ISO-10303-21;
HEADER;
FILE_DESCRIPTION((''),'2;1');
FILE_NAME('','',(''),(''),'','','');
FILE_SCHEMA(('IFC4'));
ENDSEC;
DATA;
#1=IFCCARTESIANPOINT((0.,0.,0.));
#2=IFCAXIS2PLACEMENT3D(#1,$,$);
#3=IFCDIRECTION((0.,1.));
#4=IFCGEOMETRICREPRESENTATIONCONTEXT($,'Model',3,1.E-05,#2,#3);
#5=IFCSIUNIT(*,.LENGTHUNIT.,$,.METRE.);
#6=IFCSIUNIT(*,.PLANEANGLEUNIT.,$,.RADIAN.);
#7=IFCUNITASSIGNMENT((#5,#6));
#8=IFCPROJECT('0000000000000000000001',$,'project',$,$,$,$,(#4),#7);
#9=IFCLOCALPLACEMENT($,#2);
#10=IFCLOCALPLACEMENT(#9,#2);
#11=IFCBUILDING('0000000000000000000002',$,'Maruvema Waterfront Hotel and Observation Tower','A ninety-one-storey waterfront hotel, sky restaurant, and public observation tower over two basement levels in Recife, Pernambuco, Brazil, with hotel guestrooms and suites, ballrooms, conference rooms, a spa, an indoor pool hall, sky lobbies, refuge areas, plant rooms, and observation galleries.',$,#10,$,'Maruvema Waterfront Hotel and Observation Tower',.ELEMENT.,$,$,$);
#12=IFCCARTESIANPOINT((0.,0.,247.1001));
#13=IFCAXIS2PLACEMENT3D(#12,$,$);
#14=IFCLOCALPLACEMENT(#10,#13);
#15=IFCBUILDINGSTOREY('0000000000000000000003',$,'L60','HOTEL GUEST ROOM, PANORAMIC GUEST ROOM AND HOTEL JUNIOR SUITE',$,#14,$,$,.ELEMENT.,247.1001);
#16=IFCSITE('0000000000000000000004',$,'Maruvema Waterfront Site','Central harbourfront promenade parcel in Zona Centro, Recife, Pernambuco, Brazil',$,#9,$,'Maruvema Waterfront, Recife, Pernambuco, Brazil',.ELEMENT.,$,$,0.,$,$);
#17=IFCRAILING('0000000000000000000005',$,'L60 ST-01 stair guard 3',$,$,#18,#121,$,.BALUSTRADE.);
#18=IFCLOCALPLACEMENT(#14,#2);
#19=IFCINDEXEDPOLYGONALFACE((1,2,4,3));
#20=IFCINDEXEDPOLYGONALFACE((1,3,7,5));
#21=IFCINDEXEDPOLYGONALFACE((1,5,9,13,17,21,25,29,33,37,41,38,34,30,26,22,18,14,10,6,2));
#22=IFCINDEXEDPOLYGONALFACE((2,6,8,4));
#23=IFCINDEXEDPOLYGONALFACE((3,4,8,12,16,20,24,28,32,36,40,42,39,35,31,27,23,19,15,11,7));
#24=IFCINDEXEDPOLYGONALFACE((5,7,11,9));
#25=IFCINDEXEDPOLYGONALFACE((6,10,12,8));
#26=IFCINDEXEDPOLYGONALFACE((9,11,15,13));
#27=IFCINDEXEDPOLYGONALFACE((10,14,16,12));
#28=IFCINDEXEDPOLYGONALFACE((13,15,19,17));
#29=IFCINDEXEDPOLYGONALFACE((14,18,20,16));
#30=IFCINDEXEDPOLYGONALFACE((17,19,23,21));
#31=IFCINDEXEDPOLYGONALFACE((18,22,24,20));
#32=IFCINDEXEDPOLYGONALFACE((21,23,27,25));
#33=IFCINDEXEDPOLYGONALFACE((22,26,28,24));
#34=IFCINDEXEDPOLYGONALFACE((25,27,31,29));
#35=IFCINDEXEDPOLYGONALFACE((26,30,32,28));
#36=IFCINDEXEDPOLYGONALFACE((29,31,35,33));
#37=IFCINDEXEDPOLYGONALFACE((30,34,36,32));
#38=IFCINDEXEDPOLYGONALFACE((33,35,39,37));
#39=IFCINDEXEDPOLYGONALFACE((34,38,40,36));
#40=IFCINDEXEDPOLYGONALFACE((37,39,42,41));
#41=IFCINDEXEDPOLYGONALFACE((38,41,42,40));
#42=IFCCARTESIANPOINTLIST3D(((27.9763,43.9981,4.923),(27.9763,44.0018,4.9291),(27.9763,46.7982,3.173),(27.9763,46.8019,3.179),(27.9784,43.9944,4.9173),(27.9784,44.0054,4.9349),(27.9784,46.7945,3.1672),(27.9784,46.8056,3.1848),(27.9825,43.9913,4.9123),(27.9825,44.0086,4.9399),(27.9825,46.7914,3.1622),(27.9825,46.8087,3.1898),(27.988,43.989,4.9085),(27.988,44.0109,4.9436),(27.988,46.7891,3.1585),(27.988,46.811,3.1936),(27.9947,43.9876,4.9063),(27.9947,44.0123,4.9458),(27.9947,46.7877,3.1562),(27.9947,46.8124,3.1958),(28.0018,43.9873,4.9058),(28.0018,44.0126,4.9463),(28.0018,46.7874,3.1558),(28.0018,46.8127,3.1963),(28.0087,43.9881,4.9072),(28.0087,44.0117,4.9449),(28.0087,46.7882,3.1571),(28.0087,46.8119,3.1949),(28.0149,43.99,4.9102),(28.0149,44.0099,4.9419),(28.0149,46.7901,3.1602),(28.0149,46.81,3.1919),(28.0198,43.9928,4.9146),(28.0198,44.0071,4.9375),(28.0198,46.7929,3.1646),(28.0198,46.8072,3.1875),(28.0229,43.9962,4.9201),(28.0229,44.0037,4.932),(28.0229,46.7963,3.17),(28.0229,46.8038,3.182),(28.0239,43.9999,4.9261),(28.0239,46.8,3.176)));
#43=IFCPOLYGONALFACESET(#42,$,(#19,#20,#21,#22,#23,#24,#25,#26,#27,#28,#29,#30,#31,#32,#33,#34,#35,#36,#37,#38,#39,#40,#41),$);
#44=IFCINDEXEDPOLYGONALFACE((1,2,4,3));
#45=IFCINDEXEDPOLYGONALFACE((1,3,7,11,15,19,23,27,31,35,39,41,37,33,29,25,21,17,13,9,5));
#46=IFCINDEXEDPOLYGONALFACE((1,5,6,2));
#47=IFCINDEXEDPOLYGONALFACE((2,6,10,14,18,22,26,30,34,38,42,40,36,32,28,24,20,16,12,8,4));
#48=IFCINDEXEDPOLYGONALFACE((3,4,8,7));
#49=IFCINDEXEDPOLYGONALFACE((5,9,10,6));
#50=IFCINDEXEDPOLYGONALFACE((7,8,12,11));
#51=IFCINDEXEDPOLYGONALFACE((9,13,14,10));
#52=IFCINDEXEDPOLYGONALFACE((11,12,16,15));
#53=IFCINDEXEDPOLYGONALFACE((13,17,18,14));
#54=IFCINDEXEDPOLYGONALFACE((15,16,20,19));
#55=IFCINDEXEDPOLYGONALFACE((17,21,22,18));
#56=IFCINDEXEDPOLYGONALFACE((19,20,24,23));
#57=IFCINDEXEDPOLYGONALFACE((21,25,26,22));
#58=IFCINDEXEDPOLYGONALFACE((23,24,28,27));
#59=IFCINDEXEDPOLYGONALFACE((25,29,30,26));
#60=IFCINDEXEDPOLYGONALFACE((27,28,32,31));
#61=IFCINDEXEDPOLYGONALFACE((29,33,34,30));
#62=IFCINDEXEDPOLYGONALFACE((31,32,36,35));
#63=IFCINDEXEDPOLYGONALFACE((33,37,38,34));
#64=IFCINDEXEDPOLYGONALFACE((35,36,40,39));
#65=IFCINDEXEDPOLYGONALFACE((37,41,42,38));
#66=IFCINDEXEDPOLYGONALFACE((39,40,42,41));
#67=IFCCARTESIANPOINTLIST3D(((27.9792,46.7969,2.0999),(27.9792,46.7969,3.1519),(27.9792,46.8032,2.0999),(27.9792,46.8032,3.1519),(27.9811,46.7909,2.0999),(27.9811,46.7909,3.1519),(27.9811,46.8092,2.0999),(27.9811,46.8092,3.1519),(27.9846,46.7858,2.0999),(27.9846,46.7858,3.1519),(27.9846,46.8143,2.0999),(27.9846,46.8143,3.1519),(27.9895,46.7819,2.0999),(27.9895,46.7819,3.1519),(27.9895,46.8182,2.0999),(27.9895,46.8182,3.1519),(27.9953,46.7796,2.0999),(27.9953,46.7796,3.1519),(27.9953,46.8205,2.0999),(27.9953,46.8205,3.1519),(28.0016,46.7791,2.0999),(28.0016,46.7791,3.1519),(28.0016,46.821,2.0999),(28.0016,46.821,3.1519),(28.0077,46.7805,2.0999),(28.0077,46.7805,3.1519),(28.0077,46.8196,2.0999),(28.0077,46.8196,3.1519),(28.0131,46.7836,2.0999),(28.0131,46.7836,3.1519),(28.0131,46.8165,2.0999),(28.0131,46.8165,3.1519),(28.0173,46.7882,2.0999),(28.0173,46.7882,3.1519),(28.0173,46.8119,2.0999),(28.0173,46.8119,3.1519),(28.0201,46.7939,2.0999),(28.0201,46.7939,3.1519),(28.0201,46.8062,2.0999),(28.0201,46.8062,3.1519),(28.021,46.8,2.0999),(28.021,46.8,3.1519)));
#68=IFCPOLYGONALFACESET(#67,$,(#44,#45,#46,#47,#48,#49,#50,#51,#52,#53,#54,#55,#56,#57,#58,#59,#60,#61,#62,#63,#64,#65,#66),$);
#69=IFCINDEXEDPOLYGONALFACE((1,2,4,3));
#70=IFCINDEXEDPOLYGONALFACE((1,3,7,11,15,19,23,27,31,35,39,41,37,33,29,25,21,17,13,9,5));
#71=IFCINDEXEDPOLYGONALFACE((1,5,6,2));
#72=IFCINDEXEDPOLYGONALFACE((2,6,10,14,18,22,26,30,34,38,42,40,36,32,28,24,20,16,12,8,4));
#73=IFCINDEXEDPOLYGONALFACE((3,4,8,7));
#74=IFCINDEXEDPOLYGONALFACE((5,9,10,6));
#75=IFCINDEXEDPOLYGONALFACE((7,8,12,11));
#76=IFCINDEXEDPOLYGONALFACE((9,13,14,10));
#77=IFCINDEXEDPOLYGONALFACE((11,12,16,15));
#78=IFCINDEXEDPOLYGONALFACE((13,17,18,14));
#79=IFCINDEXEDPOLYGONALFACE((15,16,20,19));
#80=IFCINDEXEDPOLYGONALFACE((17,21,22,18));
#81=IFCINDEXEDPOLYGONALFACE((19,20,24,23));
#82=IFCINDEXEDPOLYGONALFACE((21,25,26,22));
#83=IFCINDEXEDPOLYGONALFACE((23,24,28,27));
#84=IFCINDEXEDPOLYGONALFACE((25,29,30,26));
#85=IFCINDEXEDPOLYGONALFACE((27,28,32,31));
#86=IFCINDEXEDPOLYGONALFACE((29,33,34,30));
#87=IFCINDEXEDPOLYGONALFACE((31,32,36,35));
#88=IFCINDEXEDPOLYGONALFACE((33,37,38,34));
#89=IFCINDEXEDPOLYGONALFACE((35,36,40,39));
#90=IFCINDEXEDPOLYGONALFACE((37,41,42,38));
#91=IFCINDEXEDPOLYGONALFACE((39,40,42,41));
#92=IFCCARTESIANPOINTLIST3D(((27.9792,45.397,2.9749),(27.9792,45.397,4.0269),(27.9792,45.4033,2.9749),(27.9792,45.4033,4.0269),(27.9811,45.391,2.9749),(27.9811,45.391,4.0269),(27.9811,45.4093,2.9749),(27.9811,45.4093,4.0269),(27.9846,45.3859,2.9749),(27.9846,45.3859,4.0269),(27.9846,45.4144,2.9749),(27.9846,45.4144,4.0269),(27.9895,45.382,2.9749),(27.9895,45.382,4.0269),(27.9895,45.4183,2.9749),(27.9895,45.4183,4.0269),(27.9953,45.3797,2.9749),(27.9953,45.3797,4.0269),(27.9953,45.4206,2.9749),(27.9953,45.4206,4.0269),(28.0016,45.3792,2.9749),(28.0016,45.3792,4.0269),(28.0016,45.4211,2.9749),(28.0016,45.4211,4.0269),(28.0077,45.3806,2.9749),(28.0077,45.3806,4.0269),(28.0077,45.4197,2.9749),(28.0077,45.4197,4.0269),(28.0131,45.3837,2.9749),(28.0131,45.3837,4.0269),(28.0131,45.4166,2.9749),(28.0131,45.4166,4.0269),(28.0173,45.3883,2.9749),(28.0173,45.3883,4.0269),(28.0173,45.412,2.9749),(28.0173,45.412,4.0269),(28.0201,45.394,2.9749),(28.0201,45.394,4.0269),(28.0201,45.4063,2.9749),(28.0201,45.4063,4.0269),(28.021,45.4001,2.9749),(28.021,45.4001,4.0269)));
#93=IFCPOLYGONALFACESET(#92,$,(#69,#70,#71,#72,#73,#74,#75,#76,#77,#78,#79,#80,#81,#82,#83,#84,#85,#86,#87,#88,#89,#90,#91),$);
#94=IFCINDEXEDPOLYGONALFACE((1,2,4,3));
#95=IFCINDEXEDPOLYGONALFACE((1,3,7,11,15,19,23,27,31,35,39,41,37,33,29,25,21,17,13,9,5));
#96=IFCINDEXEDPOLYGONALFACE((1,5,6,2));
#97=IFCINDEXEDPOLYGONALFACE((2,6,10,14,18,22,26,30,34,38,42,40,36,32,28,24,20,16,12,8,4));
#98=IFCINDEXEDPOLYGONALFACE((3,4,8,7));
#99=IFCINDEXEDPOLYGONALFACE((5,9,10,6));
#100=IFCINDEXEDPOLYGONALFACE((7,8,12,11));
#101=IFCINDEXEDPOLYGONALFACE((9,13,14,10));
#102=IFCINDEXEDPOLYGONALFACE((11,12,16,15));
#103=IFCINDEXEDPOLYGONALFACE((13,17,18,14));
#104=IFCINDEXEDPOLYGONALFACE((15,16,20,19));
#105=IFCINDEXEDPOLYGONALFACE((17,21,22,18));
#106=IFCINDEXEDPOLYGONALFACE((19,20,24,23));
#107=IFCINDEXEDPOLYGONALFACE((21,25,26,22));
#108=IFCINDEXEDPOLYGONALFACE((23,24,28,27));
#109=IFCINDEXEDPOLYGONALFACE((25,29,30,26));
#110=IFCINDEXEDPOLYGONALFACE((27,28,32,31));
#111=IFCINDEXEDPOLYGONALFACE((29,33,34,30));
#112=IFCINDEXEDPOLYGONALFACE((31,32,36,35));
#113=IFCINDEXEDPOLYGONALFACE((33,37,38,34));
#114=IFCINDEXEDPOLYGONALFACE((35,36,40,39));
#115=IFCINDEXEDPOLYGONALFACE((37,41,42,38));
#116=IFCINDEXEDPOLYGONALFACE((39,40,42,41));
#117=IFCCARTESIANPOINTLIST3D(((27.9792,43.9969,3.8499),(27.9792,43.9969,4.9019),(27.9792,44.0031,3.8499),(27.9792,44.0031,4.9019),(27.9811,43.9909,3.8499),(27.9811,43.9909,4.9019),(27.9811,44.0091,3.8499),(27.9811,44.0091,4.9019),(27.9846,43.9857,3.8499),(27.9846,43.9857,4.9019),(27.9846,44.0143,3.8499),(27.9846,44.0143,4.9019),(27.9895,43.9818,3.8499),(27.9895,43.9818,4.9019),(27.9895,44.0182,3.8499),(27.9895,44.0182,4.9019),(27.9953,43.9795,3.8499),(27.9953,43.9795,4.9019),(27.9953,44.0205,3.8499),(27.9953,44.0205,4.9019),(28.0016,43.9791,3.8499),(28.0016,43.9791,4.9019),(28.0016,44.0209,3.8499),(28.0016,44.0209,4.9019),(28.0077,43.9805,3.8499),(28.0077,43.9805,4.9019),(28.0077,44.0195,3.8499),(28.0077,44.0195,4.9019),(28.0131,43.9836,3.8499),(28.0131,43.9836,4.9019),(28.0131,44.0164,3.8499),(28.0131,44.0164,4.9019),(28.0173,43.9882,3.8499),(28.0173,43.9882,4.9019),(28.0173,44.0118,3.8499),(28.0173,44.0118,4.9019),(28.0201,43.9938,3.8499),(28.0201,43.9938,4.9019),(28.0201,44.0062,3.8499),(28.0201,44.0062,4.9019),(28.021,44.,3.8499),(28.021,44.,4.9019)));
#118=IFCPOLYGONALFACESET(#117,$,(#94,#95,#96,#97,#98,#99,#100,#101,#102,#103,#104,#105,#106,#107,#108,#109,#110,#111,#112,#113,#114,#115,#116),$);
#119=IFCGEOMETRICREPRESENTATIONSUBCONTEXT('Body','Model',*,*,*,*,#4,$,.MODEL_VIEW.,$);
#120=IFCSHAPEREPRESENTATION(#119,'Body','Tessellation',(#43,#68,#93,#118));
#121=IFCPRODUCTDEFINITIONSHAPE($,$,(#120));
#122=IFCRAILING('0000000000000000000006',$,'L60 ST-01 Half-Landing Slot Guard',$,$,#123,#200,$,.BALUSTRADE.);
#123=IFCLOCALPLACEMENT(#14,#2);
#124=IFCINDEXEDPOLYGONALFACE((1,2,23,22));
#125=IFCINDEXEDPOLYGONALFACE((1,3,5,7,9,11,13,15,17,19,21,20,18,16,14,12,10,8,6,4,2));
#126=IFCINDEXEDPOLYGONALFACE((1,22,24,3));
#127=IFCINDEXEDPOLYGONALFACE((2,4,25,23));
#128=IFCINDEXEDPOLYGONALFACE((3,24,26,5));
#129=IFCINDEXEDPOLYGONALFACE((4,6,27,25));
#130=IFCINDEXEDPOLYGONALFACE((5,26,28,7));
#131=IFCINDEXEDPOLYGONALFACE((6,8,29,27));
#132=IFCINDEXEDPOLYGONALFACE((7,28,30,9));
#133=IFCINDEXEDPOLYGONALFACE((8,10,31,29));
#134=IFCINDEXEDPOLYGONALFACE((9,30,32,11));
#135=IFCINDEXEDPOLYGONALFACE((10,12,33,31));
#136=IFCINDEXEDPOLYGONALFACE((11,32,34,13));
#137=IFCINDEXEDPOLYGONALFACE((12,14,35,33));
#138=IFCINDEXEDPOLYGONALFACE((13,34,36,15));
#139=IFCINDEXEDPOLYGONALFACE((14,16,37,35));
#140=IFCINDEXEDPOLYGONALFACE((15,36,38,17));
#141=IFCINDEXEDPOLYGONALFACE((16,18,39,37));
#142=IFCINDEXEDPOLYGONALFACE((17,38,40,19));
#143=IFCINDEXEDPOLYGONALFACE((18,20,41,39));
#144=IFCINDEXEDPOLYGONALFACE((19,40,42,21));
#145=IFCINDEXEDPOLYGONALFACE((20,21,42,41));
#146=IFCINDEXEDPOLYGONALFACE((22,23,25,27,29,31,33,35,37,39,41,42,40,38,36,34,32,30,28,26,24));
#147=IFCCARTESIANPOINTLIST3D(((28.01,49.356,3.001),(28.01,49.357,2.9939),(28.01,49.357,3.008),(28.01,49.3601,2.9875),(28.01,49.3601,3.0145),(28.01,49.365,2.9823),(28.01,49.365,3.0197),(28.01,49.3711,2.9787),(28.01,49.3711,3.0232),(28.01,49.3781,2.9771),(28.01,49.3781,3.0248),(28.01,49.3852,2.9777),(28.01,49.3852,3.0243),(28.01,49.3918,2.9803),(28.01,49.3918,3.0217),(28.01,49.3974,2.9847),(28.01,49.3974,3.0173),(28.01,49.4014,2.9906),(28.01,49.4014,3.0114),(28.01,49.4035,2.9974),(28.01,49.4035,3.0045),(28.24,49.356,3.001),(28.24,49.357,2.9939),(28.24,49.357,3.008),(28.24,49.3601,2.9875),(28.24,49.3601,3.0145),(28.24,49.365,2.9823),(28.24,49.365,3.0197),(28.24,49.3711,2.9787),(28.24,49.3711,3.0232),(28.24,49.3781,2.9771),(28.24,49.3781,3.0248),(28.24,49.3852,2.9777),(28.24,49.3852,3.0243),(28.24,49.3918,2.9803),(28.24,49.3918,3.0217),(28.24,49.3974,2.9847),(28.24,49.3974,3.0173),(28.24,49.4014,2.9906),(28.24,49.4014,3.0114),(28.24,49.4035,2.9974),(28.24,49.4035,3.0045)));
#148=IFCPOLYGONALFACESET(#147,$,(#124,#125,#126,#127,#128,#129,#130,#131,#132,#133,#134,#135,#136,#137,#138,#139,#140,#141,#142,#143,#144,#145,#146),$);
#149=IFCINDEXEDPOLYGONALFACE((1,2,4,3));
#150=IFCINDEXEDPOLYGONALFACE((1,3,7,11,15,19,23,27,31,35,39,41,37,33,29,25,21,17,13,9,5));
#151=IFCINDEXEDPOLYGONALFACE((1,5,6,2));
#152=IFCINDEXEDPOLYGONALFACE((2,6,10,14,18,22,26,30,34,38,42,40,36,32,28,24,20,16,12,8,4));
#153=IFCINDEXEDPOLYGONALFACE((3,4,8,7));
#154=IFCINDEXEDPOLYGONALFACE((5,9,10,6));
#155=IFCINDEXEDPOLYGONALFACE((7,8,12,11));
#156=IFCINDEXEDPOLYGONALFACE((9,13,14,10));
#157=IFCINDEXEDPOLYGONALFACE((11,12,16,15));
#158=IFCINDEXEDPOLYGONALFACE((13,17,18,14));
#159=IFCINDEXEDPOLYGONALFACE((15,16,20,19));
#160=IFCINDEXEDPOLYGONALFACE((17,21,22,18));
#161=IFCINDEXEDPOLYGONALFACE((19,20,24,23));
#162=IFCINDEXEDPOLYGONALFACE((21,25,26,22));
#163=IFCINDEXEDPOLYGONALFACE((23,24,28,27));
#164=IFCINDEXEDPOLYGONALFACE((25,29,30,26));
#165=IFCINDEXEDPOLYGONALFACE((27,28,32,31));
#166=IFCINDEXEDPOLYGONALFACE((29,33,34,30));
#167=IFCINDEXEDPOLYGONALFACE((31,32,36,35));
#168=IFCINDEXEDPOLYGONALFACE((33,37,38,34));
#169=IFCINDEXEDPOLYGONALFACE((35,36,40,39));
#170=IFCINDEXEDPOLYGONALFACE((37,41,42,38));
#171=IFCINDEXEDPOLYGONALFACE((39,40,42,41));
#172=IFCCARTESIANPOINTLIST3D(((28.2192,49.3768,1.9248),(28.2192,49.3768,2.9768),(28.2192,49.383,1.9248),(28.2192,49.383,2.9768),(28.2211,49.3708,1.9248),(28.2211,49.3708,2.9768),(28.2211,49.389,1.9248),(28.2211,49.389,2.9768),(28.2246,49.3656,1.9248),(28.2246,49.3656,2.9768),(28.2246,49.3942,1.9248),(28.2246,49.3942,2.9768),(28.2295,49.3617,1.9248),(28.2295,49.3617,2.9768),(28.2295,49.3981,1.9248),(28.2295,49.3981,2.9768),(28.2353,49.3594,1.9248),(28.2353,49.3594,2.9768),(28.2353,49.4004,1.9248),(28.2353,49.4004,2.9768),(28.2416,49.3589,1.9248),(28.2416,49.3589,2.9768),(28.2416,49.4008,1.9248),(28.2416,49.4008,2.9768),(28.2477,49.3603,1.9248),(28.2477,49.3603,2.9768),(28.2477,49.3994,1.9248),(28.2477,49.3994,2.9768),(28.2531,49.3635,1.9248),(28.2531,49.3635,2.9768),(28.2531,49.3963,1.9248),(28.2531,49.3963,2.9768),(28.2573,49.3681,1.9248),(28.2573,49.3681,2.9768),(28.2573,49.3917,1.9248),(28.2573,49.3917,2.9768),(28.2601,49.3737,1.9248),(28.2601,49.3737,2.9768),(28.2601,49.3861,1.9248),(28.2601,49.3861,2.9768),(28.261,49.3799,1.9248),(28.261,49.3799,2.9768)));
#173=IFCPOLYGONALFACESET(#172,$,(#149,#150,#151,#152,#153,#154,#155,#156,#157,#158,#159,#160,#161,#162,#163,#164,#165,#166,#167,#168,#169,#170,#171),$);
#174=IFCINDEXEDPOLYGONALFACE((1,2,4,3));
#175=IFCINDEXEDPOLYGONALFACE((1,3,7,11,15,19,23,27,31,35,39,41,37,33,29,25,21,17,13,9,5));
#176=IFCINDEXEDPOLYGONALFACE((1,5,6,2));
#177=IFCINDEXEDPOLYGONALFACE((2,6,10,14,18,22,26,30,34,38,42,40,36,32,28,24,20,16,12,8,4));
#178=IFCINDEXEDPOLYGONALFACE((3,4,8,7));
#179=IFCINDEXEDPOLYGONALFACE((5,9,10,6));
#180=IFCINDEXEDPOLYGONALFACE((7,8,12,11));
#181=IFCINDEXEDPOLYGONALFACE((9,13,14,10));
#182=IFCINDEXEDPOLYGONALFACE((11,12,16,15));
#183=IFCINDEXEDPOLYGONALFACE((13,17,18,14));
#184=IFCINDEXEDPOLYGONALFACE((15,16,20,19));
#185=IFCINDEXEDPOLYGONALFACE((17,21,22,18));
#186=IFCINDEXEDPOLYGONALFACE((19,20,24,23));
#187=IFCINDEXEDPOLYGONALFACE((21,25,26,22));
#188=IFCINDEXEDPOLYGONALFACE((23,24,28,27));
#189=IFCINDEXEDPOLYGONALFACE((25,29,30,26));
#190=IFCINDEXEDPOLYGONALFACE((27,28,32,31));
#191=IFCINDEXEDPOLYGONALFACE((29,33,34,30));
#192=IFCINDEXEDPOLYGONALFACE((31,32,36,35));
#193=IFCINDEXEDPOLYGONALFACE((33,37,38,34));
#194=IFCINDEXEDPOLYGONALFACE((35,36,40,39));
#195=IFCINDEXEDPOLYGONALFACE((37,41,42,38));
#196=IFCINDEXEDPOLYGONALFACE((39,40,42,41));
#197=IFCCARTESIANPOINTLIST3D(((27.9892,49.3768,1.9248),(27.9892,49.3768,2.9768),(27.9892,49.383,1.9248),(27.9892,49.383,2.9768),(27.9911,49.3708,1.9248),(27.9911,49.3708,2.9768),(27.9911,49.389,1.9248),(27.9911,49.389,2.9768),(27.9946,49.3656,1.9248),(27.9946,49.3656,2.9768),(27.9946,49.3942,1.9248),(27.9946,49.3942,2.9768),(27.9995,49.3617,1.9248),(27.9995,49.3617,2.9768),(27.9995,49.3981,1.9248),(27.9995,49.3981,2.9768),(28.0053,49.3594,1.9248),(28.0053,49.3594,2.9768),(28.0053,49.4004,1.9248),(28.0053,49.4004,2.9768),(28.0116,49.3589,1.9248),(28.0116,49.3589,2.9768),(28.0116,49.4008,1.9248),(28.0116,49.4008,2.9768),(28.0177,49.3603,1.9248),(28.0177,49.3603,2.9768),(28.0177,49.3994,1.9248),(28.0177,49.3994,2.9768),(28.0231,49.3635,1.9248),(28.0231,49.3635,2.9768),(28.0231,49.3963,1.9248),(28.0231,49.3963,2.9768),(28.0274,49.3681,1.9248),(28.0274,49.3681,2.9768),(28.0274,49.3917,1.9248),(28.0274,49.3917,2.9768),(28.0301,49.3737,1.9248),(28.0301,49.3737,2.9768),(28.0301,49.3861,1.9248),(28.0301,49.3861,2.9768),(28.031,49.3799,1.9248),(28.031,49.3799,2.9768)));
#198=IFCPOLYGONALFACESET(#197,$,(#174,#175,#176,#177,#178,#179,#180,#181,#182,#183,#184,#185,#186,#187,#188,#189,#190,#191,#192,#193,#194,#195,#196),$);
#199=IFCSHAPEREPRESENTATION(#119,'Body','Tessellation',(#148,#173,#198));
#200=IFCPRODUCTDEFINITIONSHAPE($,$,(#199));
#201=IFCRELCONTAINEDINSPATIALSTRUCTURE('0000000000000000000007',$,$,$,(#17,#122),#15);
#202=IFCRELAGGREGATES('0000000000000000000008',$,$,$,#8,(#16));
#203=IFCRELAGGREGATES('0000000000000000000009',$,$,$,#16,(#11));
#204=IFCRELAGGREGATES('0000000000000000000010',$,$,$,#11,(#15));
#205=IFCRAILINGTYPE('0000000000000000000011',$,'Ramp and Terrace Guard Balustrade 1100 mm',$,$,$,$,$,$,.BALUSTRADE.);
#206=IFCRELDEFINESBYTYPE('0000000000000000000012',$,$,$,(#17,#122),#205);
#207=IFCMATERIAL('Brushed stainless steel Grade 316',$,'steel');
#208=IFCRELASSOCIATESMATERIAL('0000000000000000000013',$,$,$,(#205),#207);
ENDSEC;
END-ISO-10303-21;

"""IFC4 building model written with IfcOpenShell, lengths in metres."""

from ifc_helpers import new_model, si_unit, direction, frame, origin, origin_2d, place, context, subcontext, project, spatial, circle, extrude, material, type_object, element, save


model = new_model("IFC4")

# Units and contexts
model_context = context("Model", 3, precision=1e-05, world=origin(), true_north=direction((0.0, 1.0)))
body_context = subcontext(model_context, "Body", "Model", "MODEL_VIEW")
ifc_project = project(units=[si_unit("LENGTHUNIT", "METRE"), si_unit("PLANEANGLEUNIT", "RADIAN")], contexts=[model_context])

# Site, building, storey
site_placement = place(None, origin())
site = spatial("IfcSite", under=ifc_project, at=site_placement, Name="Maruvema Waterfront Site", Description="Central harbourfront promenade parcel in Zona Centro, Recife, Pernambuco, Brazil", LongName="Maruvema Waterfront, Recife, Pernambuco, Brazil", CompositionType="ELEMENT", RefElevation=0.0)
building_placement = place(site_placement, origin())
building = spatial("IfcBuilding", under=site, at=building_placement, Name="Maruvema Waterfront Hotel and Observation Tower", Description="A ninety-one-storey waterfront hotel, sky restaurant, and public observation tower over two basement levels in Recife, Pernambuco, Brazil, with hotel guestrooms and suites, ballrooms, conference rooms, a spa, an indoor pool hall, sky lobbies, refuge areas, plant rooms, and observation galleries.", LongName="Maruvema Waterfront Hotel and Observation Tower", CompositionType="ELEMENT")
storey_placement = place(building_placement, frame((0.0, 0.0, 247.1001)))
storey = spatial("IfcBuildingStorey", under=building, at=storey_placement, Name="L60", Description="HOTEL GUEST ROOM, PANORAMIC GUEST ROOM AND HOTEL JUNIOR SUITE", CompositionType="ELEMENT", Elevation=247.1001)

# Railings
ifc_material_1 = material(Name="Brushed stainless steel Grade 316", Category="steel")
railing_type_1 = type_object("IfcRailingType", Name="Ramp and Terrace Guard Balustrade 1100 mm", PredefinedType="BALUSTRADE", material=ifc_material_1)
railing_1_placement = place(storey_placement, frame((28.0, 46.8, 2.0999)))
element("IfcRailing", 1, at=railing_1_placement, inside=storey, type_object=railing_type_1, Name="L60 ST-01 stair guard 3", PredefinedType="BALUSTRADE", context=body_context, shape_type="SweptSolid", body=[
    extrude(circle(Radius=0.0239, at=origin_2d()), frame((0.0, 0.0, 1.0762), z_axis=(0.0, -0.848002, 0.529992), x_axis=(1.0, 0.0, 0.0)), (0.0, 0.0, 1.0), 3.302),
    extrude(circle(Radius=0.021, at=origin_2d()), origin(), (0.0, 0.0, 1.0), 1.052),
    extrude(circle(Radius=0.021, at=origin_2d()), frame((0.0, -1.3999, 0.875)), (0.0, 0.0, 1.0), 1.052),
    extrude(circle(Radius=0.021, at=origin_2d()), frame((0.0, -2.8, 1.75)), (0.0, 0.0, 1.0), 1.052),
])
railing_2_placement = place(storey_placement, frame((28.24, 49.3799, 1.9248)))
element("IfcRailing", 2, at=railing_2_placement, inside=storey, type_object=railing_type_1, Name="L60 ST-01 Half-Landing Slot Guard", PredefinedType="BALUSTRADE", context=body_context, shape_type="SweptSolid", body=[
    extrude(circle(Radius=0.0239, at=origin_2d()), frame((0.0, 0.0, 1.0762), z_axis=(-1.0, 0.0, 0.0), x_axis=(0.0, -1.0, 0.0)), (0.0, 0.0, 1.0), 0.23),
    extrude(circle(Radius=0.021, at=origin_2d()), origin(), (0.0, 0.0, 1.0), 1.052),
    extrude(circle(Radius=0.021, at=origin_2d()), frame((-0.23, 0.0, 0.0)), (0.0, 0.0, 1.0), 1.052),
])

save(model, "model.ifc")
